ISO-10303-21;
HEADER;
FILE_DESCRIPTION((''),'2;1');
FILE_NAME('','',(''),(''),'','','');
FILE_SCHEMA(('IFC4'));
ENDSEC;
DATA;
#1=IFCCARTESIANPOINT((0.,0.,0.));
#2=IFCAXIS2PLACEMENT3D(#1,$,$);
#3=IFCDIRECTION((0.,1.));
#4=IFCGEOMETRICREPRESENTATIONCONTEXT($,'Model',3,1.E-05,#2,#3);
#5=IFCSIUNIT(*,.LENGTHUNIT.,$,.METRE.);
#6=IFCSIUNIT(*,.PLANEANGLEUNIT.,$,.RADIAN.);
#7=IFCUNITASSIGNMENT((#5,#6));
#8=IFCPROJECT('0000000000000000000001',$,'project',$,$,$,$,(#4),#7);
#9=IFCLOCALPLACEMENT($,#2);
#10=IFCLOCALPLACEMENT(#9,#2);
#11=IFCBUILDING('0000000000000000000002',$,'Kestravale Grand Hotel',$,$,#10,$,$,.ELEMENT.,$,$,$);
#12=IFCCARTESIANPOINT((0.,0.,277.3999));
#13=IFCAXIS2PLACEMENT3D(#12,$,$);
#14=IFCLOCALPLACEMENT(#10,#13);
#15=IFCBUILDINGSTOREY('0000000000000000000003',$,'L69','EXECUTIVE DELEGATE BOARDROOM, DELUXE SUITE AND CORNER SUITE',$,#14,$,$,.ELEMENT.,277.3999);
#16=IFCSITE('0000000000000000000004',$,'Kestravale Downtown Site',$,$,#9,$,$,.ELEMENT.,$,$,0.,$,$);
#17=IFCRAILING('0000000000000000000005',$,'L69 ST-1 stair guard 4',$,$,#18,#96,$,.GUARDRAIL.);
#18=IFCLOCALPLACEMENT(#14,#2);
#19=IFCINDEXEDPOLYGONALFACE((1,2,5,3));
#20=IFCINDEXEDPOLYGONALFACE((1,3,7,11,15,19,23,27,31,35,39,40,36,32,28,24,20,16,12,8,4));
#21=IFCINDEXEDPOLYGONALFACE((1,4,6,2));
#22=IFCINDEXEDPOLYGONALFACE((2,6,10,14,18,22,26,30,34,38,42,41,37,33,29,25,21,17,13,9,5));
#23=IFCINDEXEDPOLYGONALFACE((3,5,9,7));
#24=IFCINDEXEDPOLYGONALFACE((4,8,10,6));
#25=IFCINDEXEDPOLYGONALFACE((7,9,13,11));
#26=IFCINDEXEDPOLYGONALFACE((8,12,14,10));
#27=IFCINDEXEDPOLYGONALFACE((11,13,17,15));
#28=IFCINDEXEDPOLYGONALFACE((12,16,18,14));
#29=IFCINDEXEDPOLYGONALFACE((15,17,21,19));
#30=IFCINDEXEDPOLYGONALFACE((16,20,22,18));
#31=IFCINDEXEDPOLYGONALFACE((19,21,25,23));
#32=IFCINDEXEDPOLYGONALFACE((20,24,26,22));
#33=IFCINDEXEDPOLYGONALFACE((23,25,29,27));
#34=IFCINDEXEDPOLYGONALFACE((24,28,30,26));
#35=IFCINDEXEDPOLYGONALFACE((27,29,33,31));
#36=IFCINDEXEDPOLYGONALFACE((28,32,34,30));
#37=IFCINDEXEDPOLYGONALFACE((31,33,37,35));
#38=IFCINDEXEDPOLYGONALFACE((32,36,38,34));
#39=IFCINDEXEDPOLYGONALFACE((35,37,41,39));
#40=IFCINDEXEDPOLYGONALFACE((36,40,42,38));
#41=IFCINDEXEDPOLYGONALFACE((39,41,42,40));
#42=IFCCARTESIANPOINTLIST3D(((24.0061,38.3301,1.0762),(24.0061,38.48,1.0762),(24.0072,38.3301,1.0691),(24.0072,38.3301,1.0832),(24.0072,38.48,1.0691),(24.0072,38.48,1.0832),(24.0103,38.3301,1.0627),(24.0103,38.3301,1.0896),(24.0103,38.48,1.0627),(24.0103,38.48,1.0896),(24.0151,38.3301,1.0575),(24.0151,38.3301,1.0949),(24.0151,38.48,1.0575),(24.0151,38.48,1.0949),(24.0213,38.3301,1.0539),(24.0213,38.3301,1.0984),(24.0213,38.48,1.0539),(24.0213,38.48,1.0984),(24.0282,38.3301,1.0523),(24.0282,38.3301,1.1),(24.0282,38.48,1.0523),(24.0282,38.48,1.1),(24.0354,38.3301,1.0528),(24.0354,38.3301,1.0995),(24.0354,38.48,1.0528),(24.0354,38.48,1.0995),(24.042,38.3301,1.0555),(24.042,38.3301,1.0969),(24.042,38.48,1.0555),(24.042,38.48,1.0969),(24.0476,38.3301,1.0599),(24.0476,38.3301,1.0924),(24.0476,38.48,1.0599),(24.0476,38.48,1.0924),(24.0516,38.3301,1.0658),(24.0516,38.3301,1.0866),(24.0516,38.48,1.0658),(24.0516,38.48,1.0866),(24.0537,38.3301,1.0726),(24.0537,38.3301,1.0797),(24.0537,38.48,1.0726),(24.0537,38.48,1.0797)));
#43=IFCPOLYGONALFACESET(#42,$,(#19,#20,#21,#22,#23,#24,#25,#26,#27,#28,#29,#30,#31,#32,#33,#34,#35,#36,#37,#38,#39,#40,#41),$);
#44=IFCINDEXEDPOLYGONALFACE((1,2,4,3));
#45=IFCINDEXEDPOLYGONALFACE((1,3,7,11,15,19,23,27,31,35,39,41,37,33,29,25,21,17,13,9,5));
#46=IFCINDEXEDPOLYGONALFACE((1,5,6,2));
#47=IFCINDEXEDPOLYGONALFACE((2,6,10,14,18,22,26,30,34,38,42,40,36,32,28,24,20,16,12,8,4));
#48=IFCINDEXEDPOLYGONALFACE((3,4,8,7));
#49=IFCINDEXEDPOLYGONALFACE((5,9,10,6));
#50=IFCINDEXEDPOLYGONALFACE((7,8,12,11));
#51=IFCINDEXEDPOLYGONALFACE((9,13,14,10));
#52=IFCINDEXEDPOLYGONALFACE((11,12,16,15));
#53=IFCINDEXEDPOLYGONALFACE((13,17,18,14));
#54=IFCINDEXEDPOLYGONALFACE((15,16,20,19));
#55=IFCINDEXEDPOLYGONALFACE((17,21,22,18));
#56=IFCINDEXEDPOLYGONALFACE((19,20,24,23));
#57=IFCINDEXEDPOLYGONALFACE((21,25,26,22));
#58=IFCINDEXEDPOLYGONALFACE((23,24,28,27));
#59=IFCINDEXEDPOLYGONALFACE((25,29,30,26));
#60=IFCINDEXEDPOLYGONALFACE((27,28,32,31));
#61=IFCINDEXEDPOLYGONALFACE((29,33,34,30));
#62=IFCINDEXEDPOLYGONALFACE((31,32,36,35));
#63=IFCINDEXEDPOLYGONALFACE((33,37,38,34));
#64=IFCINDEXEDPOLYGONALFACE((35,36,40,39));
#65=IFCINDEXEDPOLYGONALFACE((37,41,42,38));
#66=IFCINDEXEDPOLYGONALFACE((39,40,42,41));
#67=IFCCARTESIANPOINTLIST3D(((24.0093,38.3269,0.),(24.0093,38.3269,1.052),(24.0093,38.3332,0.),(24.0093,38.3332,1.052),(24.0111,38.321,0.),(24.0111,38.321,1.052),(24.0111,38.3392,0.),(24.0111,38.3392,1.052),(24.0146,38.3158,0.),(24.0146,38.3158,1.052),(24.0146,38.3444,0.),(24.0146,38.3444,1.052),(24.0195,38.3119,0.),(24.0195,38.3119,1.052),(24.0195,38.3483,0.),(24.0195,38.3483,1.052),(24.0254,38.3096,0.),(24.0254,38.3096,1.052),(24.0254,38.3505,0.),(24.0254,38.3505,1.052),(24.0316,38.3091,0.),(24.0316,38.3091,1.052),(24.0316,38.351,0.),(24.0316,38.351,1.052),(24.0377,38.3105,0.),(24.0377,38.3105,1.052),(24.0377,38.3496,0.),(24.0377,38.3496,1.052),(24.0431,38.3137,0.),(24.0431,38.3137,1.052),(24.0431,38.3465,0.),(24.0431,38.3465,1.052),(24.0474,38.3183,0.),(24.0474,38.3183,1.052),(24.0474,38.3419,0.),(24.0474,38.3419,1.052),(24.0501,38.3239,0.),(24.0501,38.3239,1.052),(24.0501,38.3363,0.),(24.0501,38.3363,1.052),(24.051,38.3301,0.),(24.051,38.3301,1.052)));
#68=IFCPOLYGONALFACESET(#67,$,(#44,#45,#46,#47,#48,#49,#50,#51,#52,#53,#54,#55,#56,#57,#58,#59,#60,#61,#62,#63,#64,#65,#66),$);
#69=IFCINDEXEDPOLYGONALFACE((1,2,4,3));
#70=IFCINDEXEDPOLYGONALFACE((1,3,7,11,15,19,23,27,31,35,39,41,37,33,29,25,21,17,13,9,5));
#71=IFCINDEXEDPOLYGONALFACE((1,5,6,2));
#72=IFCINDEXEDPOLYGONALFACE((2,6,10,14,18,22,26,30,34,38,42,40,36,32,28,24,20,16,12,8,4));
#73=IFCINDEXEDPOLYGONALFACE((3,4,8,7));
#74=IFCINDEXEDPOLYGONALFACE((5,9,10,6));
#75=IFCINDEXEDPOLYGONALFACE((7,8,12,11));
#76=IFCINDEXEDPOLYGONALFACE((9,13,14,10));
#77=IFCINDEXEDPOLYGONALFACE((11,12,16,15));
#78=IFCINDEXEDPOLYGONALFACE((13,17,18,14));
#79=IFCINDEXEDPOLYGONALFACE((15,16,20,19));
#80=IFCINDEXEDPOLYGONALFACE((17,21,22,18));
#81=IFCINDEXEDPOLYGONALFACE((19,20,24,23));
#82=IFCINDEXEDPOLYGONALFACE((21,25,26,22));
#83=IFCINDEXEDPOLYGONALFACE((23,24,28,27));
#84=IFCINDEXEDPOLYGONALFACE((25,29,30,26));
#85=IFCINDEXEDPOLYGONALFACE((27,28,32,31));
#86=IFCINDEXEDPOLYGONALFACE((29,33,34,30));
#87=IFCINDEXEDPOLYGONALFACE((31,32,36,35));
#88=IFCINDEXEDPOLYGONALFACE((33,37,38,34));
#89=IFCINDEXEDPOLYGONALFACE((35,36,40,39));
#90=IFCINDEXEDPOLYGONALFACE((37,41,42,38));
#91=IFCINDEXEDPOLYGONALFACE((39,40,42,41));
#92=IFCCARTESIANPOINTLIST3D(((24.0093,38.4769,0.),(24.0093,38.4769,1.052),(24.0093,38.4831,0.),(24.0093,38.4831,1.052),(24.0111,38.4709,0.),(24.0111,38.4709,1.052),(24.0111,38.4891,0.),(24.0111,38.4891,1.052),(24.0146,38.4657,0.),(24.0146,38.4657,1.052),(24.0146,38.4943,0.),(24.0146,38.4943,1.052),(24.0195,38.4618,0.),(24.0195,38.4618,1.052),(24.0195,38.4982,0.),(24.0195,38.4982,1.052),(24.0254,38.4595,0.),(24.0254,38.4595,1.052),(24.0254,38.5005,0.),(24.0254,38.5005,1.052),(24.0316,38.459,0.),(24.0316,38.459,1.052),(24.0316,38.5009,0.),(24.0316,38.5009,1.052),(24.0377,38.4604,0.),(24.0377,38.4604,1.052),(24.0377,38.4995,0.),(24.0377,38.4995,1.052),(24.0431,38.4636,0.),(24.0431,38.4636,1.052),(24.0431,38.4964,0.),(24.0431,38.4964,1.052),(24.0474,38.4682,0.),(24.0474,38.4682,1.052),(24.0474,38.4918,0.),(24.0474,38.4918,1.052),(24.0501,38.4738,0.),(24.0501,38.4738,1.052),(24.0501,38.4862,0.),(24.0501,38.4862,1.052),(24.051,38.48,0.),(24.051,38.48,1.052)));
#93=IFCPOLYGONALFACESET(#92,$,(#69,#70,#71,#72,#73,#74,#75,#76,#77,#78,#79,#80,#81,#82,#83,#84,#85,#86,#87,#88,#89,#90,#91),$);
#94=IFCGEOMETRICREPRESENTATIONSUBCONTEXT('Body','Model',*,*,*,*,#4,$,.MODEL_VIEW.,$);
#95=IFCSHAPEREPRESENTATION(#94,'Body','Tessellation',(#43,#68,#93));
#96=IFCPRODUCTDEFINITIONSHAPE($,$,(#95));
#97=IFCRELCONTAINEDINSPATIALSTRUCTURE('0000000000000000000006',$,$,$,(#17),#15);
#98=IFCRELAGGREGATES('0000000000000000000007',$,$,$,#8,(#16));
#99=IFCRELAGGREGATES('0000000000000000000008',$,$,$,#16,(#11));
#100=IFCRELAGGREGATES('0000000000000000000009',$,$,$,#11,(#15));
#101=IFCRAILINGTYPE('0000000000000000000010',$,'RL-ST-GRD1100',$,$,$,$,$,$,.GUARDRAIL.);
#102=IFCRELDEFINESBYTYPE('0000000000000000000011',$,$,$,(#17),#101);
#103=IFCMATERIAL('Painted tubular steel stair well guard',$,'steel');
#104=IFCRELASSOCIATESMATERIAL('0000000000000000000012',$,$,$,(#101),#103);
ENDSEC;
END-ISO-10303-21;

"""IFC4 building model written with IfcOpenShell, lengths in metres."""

from ifc_helpers import new_model, si_unit, direction, frame, origin, origin_2d, place, context, subcontext, project, spatial, circle, extrude, material, type_object, element, save


model = new_model("IFC4")

# Units and contexts
model_context = context("Model", 3, precision=1e-05, world=origin(), true_north=direction((0.0, 1.0)))
body_context = subcontext(model_context, "Body", "Model", "MODEL_VIEW")
ifc_project = project(units=[si_unit("LENGTHUNIT", "METRE"), si_unit("PLANEANGLEUNIT", "RADIAN")], contexts=[model_context])

# Site, building, storey
site_placement = place(None, origin())
site = spatial("IfcSite", under=ifc_project, at=site_placement, Name="Kestravale Downtown Site", CompositionType="ELEMENT", RefElevation=0.0)
building_placement = place(site_placement, origin())
building = spatial("IfcBuilding", under=site, at=building_placement, Name="Kestravale Grand Hotel", CompositionType="ELEMENT")
storey_placement = place(building_placement, frame((0.0, 0.0, 277.3999)))
storey = spatial("IfcBuildingStorey", under=building, at=storey_placement, Name="L69", Description="EXECUTIVE DELEGATE BOARDROOM, DELUXE SUITE AND CORNER SUITE", CompositionType="ELEMENT", Elevation=277.3999)

# Railing
ifc_material_1 = material(Name="Painted tubular steel stair well guard", Category="steel")
railing_type_1 = type_object("IfcRailingType", Name="RL-ST-GRD1100", PredefinedType="GUARDRAIL", material=ifc_material_1)
railing_1_placement = place(storey_placement, frame((24.03, 38.3301, 0.0)))
element("IfcRailing", 1, at=railing_1_placement, inside=storey, type_object=railing_type_1, Name="L69 ST-1 stair guard 4", PredefinedType="GUARDRAIL", context=body_context, shape_type="SweptSolid", body=[
    extrude(circle(Radius=0.0239, at=origin_2d()), frame((0.0, 0.0, 1.0762), z_axis=(0.0, 1.0, 0.0), x_axis=(-1.0, 0.0, 0.0)), (0.0, 0.0, 1.0), 0.1499),
    extrude(circle(Radius=0.021, at=origin_2d()), origin(), (0.0, 0.0, 1.0), 1.052),
    extrude(circle(Radius=0.021, at=origin_2d()), frame((0.0, 0.1499, 0.0)), (0.0, 0.0, 1.0), 1.052),
])

save(model, "model.ifc")
